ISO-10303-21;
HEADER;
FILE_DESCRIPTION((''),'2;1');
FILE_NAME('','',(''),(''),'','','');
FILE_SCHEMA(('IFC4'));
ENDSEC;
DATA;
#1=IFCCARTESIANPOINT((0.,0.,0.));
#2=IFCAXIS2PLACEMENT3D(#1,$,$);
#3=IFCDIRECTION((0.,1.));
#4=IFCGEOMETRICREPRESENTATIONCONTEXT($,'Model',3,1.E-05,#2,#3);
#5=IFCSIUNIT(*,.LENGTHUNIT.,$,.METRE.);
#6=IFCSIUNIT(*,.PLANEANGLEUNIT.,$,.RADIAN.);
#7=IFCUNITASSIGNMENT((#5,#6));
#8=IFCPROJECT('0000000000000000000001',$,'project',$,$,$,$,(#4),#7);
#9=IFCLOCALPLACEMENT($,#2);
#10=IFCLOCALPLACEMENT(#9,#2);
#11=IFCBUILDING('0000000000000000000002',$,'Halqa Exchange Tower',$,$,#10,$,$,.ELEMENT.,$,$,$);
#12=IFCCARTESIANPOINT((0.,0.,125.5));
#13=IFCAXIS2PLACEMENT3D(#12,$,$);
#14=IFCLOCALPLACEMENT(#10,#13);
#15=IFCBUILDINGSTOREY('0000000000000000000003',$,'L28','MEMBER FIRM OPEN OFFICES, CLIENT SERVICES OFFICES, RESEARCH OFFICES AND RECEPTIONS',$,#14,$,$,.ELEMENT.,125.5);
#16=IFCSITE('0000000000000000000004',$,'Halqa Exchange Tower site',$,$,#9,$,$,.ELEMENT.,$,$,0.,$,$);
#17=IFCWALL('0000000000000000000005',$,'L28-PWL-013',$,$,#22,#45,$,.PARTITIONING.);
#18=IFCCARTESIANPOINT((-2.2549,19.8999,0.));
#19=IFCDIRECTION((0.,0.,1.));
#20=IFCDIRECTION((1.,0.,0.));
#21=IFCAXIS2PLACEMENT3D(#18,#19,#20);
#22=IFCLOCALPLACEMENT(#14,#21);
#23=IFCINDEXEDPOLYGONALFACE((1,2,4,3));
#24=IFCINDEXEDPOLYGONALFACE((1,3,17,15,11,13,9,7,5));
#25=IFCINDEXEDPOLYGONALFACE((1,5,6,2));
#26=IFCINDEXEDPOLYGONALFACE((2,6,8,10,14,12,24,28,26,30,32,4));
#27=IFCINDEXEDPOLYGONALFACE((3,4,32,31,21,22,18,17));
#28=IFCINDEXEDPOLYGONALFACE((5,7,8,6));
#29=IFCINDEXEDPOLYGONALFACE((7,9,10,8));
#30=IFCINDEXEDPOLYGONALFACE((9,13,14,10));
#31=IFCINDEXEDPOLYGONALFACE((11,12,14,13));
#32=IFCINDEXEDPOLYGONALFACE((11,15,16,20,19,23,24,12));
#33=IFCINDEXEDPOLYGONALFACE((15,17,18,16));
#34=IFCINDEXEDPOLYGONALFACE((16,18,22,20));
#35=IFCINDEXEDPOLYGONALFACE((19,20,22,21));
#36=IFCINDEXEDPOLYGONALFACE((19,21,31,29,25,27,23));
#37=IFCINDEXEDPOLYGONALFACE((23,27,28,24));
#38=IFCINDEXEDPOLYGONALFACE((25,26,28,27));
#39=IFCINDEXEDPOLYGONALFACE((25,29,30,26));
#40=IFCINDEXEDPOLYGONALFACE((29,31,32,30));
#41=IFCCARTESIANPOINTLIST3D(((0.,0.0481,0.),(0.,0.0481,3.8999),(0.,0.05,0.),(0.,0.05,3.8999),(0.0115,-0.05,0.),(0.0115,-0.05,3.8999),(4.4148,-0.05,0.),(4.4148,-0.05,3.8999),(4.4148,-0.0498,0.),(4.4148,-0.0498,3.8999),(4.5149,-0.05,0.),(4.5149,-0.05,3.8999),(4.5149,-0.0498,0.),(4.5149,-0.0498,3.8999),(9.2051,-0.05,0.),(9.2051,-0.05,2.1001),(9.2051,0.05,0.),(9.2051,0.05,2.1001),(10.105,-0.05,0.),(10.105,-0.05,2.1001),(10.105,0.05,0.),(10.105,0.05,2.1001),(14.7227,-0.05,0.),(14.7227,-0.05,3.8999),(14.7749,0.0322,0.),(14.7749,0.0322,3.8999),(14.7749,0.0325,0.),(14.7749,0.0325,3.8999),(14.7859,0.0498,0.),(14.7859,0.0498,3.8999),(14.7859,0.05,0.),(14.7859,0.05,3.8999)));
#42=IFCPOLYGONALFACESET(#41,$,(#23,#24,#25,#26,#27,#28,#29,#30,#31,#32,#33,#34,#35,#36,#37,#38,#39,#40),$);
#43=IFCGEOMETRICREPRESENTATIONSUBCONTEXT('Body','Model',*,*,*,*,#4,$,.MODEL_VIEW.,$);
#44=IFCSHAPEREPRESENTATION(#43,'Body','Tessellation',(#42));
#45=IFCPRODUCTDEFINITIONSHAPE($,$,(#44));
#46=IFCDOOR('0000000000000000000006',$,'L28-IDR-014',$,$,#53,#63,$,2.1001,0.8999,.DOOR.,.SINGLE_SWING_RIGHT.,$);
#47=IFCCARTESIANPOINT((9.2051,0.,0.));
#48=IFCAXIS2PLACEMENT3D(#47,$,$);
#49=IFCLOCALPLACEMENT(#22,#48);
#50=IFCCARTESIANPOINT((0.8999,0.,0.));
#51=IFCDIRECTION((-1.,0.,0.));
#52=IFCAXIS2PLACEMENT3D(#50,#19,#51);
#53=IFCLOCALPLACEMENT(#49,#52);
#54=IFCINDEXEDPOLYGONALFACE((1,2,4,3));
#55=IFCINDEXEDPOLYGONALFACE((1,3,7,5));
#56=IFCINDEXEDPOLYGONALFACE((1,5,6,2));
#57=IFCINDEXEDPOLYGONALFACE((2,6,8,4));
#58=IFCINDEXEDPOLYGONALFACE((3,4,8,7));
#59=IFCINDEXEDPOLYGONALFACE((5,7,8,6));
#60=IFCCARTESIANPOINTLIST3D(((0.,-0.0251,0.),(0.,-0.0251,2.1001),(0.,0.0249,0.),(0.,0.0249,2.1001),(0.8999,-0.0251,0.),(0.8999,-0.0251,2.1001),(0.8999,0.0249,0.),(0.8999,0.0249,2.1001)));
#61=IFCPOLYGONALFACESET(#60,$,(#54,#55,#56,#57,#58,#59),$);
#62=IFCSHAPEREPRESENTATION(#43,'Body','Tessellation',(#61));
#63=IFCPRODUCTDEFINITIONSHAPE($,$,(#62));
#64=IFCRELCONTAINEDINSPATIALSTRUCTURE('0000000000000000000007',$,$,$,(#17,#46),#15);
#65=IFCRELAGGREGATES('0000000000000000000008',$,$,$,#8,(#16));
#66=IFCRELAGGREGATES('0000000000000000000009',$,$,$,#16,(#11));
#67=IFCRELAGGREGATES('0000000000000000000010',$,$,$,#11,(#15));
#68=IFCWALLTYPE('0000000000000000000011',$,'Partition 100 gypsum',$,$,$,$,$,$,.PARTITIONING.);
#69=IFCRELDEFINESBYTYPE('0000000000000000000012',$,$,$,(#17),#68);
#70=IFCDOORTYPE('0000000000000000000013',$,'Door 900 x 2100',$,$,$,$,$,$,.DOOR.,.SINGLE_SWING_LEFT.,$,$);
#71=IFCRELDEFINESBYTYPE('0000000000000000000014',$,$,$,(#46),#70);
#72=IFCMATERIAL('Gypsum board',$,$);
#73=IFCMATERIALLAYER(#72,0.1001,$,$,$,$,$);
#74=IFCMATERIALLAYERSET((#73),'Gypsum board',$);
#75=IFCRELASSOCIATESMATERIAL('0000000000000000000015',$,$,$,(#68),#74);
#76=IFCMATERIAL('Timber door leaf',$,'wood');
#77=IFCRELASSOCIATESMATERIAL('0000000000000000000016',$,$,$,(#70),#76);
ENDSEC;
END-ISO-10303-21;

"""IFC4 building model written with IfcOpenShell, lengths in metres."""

from ifc_helpers import new_model, si_unit, direction, frame, frame_2d, origin, place, context, subcontext, project, spatial, polyline, rectangle, outline, extrude, material, layer, layer_set, type_object, element, fill, save


model = new_model("IFC4")

# Units and contexts
model_context = context("Model", 3, precision=1e-05, world=origin(), true_north=direction((0.0, 1.0)))
body_context = subcontext(model_context, "Body", "Model", "MODEL_VIEW")
ifc_project = project(units=[si_unit("LENGTHUNIT", "METRE"), si_unit("PLANEANGLEUNIT", "RADIAN")], contexts=[model_context])

# Site, building, storey
site_placement = place(None, origin())
site = spatial("IfcSite", under=ifc_project, at=site_placement, Name="Halqa Exchange Tower site", CompositionType="ELEMENT", RefElevation=0.0)
building_placement = place(site_placement, origin())
building = spatial("IfcBuilding", under=site, at=building_placement, Name="Halqa Exchange Tower", CompositionType="ELEMENT")
storey_placement = place(building_placement, frame((0.0, 0.0, 125.5)))
storey = spatial("IfcBuildingStorey", under=building, at=storey_placement, Name="L28", Description="MEMBER FIRM OPEN OFFICES, CLIENT SERVICES OFFICES, RESEARCH OFFICES AND RECEPTIONS", CompositionType="ELEMENT", Elevation=125.5)

# Wall, opening, door
ifc_material_1 = material(Name="Gypsum board")
ifc_layer_1 = layer(ifc_material_1, 0.1001)
ifc_layer_set_1 = layer_set([ifc_layer_1], Name="Gypsum board")
wall_type_1 = type_object("IfcWallType", Name="Partition 100 gypsum", PredefinedType="PARTITIONING", material=ifc_layer_set_1)
wall_1_placement = place(storey_placement, frame((-2.2549, 19.8999, 0.0), z_axis=(0.0, 0.0, 1.0), x_axis=(1.0, 0.0, 0.0)))
wall_1 = element("IfcWall", 1, at=wall_1_placement, inside=storey, type_object=wall_type_1, Name="L28-PWL-013", PredefinedType="PARTITIONING", context=body_context, shape_type="SweptSolid", body=[
    extrude(outline(polyline([(0.0115, -0.05), (1.4792, -0.05), (2.947, -0.05), (4.4148, -0.05), (4.4148, -0.0498), (4.5149, -0.0498), (4.5149, -0.05), (6.2163, -0.05), (7.9175, -0.05), (9.6189, -0.05), (11.3201, -0.05), (13.0215, -0.05), (14.7227, -0.05), (14.7749, 0.0325), (14.7749, 0.0322), (14.7859, 0.0498), (14.7859, 0.05), (12.9377, 0.05), (11.0894, 0.05), (9.2412, 0.05), (7.3931, 0.05), (5.5447, 0.05), (3.6965, 0.05), (1.8481, 0.05), (0.0, 0.05), (0.0, 0.0481), (0.0115, -0.05)])), origin(), (0.0, 0.0, 1.0), 3.8999),
])
opening_1_placement = place(wall_1_placement, frame((9.2051, 0.0, 0.0)))
opening_1 = element("IfcOpeningElement", 2, at=opening_1_placement, cuts=wall_1, PredefinedType="OPENING", context=body_context, shape_type="SweptSolid", body=[
    extrude(rectangle(XDim=0.8999, YDim=2.1001, at=frame_2d((0.45, 1.05))), frame((0.0, 0.062, 0.0), z_axis=(0.0, -1.0, 0.0), x_axis=(1.0, 0.0, 0.0)), (0.0, 0.0, 1.0), 0.124),
])
ifc_material_2 = material(Name="Timber door leaf", Category="wood")
door_type_1 = type_object("IfcDoorType", Name="Door 900 x 2100", OperationType="SINGLE_SWING_LEFT", PredefinedType="DOOR", material=ifc_material_2)
door_1_placement = place(opening_1_placement, frame((0.8999, 0.0, 0.0), z_axis=(0.0, 0.0, 1.0), x_axis=(-1.0, 0.0, 0.0)))
door_1 = element("IfcDoor", 3, at=door_1_placement, inside=storey, type_object=door_type_1, Name="L28-IDR-014", OperationType="SINGLE_SWING_RIGHT", OverallHeight=2.1001, OverallWidth=0.8999, PredefinedType="DOOR", context=body_context, shape_type="SweptSolid", body=[
    extrude(rectangle(XDim=0.8999, YDim=2.1001, at=frame_2d((0.45, 1.05))), frame((0.0, 0.0249, 0.0), z_axis=(0.0, -1.0, 0.0), x_axis=(1.0, 0.0, 0.0)), (0.0, 0.0, 1.0), 0.05),
])
fill(opening_1, door_1)

save(model, "model.ifc")
